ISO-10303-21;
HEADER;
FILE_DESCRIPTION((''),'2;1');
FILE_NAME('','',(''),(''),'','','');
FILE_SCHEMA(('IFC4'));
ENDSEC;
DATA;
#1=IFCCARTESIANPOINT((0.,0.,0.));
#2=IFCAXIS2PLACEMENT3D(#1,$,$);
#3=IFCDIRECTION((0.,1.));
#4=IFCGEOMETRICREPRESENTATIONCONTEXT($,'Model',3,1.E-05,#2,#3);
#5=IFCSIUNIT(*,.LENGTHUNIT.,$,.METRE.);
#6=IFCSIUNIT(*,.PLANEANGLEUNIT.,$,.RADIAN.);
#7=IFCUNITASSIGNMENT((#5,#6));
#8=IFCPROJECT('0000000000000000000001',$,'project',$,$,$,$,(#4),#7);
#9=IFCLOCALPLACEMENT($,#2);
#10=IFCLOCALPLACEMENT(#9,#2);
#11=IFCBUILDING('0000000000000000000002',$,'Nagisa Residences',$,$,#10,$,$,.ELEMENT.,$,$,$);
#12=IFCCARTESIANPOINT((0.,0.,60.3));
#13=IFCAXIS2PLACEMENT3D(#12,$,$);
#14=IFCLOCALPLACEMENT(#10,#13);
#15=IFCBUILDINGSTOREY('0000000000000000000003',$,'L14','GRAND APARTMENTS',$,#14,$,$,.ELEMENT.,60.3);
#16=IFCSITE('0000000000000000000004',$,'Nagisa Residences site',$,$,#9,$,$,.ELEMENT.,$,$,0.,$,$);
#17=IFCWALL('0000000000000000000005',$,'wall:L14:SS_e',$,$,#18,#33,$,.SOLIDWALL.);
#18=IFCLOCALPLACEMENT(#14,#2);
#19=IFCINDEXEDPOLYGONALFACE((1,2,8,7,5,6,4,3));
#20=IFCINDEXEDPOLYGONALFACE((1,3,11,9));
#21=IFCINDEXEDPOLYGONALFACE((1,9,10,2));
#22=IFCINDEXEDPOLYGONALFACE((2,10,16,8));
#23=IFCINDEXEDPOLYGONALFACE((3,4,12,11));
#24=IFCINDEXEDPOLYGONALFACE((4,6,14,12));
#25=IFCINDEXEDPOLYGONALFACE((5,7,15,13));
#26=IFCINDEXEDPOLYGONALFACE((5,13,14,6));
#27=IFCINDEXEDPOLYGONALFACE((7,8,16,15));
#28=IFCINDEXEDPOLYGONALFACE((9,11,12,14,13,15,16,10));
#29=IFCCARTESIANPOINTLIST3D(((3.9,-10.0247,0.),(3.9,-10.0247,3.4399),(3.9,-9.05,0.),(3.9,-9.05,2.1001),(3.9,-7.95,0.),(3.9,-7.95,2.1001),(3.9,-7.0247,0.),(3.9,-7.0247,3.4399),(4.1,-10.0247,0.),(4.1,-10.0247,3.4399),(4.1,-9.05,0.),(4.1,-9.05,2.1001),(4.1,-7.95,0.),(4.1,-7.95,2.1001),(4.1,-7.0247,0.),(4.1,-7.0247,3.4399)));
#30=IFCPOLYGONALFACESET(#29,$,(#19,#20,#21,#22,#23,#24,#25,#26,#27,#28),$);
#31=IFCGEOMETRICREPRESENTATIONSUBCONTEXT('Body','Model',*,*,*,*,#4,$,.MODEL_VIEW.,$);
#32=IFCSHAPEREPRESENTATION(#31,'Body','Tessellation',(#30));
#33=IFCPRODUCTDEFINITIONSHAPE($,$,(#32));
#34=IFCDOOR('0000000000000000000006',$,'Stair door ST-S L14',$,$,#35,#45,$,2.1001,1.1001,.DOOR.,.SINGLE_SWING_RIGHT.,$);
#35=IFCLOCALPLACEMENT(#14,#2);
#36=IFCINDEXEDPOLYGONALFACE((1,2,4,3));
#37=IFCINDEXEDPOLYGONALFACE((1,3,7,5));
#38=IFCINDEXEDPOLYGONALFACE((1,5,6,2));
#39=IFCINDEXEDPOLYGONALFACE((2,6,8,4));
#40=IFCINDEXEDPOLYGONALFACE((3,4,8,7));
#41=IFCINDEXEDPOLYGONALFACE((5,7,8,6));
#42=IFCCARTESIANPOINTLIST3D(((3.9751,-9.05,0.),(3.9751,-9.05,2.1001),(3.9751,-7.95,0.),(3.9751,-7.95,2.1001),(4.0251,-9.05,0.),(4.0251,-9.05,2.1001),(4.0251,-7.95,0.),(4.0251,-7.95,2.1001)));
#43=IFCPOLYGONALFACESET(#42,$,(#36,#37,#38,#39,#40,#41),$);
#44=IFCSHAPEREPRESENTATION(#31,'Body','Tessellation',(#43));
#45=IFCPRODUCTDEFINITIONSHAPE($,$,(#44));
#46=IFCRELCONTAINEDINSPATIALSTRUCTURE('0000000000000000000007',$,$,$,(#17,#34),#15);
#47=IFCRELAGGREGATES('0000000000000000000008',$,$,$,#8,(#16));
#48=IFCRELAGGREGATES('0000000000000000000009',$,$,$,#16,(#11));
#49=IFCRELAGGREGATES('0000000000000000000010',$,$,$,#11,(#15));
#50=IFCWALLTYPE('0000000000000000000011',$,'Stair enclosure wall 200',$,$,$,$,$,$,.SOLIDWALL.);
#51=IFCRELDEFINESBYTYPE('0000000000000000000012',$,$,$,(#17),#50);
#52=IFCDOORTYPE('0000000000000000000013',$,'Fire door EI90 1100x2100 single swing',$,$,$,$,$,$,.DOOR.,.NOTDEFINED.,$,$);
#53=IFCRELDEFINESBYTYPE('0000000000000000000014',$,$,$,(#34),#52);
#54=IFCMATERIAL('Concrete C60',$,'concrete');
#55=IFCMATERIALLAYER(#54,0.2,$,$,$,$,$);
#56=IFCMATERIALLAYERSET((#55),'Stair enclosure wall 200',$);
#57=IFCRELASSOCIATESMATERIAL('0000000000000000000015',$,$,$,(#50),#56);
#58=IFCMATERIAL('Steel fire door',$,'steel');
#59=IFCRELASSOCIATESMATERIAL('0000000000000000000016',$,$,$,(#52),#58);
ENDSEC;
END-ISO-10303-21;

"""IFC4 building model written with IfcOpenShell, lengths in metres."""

from ifc_helpers import new_model, si_unit, direction, frame, frame_2d, origin, place, context, subcontext, project, spatial, rectangle, extrude, material, layer, layer_set, type_object, element, fill, save


model = new_model("IFC4")

# Units and contexts
model_context = context("Model", 3, precision=1e-05, world=origin(), true_north=direction((0.0, 1.0)))
body_context = subcontext(model_context, "Body", "Model", "MODEL_VIEW")
ifc_project = project(units=[si_unit("LENGTHUNIT", "METRE"), si_unit("PLANEANGLEUNIT", "RADIAN")], contexts=[model_context])

# Site, building, storey
site_placement = place(None, origin())
site = spatial("IfcSite", under=ifc_project, at=site_placement, Name="Nagisa Residences site", CompositionType="ELEMENT", RefElevation=0.0)
building_placement = place(site_placement, origin())
building = spatial("IfcBuilding", under=site, at=building_placement, Name="Nagisa Residences", CompositionType="ELEMENT")
storey_placement = place(building_placement, frame((0.0, 0.0, 60.3)))
storey = spatial("IfcBuildingStorey", under=building, at=storey_placement, Name="L14", Description="GRAND APARTMENTS", CompositionType="ELEMENT", Elevation=60.3)

# Wall, opening, door
ifc_material_1 = material(Name="Concrete C60", Category="concrete")
ifc_layer_1 = layer(ifc_material_1, 0.2)
ifc_layer_set_1 = layer_set([ifc_layer_1], Name="Stair enclosure wall 200")
wall_type_1 = type_object("IfcWallType", Name="Stair enclosure wall 200", PredefinedType="SOLIDWALL", material=ifc_layer_set_1)
wall_1_placement = place(storey_placement, frame((4.0, -10.0247, 0.0), z_axis=(0.0, 0.0, 1.0), x_axis=(0.0, 1.0, 0.0)))
wall_1 = element("IfcWall", 1, at=wall_1_placement, inside=storey, type_object=wall_type_1, Name="wall:L14:SS_e", PredefinedType="SOLIDWALL", context=body_context, shape_type="SweptSolid", body=[
    extrude(rectangle(XDim=3.0, YDim=0.2, at=frame_2d((1.5, 0.0))), origin(), (0.0, 0.0, 1.0), 3.4399),
])
opening_1_placement = place(wall_1_placement, frame((0.9746, 0.0, 0.0)))
opening_1 = element("IfcOpeningElement", 2, at=opening_1_placement, cuts=wall_1, PredefinedType="OPENING", context=body_context, shape_type="SweptSolid", body=[
    extrude(rectangle(XDim=1.1001, YDim=2.1001, at=frame_2d((0.55, 1.05))), frame((0.0, 0.1099, 0.0), z_axis=(0.0, -1.0, 0.0), x_axis=(1.0, 0.0, 0.0)), (0.0, 0.0, 1.0), 0.22),
])
ifc_material_2 = material(Name="Steel fire door", Category="steel")
door_type_1 = type_object("IfcDoorType", Name="Fire door EI90 1100x2100 single swing", OperationType="NOTDEFINED", PredefinedType="DOOR", material=ifc_material_2)
door_1_placement = place(opening_1_placement, origin())
door_1 = element("IfcDoor", 3, at=door_1_placement, inside=storey, type_object=door_type_1, Name="Stair door ST-S L14", OperationType="SINGLE_SWING_RIGHT", OverallHeight=2.1001, OverallWidth=1.1001, PredefinedType="DOOR", context=body_context, shape_type="SweptSolid", body=[
    extrude(rectangle(XDim=1.1001, YDim=2.1001, at=frame_2d((0.55, 1.05))), frame((0.0, 0.0249, 0.0), z_axis=(0.0, -1.0, 0.0), x_axis=(1.0, 0.0, 0.0)), (0.0, 0.0, 1.0), 0.05),
])
fill(opening_1, door_1)

save(model, "model.ifc")
